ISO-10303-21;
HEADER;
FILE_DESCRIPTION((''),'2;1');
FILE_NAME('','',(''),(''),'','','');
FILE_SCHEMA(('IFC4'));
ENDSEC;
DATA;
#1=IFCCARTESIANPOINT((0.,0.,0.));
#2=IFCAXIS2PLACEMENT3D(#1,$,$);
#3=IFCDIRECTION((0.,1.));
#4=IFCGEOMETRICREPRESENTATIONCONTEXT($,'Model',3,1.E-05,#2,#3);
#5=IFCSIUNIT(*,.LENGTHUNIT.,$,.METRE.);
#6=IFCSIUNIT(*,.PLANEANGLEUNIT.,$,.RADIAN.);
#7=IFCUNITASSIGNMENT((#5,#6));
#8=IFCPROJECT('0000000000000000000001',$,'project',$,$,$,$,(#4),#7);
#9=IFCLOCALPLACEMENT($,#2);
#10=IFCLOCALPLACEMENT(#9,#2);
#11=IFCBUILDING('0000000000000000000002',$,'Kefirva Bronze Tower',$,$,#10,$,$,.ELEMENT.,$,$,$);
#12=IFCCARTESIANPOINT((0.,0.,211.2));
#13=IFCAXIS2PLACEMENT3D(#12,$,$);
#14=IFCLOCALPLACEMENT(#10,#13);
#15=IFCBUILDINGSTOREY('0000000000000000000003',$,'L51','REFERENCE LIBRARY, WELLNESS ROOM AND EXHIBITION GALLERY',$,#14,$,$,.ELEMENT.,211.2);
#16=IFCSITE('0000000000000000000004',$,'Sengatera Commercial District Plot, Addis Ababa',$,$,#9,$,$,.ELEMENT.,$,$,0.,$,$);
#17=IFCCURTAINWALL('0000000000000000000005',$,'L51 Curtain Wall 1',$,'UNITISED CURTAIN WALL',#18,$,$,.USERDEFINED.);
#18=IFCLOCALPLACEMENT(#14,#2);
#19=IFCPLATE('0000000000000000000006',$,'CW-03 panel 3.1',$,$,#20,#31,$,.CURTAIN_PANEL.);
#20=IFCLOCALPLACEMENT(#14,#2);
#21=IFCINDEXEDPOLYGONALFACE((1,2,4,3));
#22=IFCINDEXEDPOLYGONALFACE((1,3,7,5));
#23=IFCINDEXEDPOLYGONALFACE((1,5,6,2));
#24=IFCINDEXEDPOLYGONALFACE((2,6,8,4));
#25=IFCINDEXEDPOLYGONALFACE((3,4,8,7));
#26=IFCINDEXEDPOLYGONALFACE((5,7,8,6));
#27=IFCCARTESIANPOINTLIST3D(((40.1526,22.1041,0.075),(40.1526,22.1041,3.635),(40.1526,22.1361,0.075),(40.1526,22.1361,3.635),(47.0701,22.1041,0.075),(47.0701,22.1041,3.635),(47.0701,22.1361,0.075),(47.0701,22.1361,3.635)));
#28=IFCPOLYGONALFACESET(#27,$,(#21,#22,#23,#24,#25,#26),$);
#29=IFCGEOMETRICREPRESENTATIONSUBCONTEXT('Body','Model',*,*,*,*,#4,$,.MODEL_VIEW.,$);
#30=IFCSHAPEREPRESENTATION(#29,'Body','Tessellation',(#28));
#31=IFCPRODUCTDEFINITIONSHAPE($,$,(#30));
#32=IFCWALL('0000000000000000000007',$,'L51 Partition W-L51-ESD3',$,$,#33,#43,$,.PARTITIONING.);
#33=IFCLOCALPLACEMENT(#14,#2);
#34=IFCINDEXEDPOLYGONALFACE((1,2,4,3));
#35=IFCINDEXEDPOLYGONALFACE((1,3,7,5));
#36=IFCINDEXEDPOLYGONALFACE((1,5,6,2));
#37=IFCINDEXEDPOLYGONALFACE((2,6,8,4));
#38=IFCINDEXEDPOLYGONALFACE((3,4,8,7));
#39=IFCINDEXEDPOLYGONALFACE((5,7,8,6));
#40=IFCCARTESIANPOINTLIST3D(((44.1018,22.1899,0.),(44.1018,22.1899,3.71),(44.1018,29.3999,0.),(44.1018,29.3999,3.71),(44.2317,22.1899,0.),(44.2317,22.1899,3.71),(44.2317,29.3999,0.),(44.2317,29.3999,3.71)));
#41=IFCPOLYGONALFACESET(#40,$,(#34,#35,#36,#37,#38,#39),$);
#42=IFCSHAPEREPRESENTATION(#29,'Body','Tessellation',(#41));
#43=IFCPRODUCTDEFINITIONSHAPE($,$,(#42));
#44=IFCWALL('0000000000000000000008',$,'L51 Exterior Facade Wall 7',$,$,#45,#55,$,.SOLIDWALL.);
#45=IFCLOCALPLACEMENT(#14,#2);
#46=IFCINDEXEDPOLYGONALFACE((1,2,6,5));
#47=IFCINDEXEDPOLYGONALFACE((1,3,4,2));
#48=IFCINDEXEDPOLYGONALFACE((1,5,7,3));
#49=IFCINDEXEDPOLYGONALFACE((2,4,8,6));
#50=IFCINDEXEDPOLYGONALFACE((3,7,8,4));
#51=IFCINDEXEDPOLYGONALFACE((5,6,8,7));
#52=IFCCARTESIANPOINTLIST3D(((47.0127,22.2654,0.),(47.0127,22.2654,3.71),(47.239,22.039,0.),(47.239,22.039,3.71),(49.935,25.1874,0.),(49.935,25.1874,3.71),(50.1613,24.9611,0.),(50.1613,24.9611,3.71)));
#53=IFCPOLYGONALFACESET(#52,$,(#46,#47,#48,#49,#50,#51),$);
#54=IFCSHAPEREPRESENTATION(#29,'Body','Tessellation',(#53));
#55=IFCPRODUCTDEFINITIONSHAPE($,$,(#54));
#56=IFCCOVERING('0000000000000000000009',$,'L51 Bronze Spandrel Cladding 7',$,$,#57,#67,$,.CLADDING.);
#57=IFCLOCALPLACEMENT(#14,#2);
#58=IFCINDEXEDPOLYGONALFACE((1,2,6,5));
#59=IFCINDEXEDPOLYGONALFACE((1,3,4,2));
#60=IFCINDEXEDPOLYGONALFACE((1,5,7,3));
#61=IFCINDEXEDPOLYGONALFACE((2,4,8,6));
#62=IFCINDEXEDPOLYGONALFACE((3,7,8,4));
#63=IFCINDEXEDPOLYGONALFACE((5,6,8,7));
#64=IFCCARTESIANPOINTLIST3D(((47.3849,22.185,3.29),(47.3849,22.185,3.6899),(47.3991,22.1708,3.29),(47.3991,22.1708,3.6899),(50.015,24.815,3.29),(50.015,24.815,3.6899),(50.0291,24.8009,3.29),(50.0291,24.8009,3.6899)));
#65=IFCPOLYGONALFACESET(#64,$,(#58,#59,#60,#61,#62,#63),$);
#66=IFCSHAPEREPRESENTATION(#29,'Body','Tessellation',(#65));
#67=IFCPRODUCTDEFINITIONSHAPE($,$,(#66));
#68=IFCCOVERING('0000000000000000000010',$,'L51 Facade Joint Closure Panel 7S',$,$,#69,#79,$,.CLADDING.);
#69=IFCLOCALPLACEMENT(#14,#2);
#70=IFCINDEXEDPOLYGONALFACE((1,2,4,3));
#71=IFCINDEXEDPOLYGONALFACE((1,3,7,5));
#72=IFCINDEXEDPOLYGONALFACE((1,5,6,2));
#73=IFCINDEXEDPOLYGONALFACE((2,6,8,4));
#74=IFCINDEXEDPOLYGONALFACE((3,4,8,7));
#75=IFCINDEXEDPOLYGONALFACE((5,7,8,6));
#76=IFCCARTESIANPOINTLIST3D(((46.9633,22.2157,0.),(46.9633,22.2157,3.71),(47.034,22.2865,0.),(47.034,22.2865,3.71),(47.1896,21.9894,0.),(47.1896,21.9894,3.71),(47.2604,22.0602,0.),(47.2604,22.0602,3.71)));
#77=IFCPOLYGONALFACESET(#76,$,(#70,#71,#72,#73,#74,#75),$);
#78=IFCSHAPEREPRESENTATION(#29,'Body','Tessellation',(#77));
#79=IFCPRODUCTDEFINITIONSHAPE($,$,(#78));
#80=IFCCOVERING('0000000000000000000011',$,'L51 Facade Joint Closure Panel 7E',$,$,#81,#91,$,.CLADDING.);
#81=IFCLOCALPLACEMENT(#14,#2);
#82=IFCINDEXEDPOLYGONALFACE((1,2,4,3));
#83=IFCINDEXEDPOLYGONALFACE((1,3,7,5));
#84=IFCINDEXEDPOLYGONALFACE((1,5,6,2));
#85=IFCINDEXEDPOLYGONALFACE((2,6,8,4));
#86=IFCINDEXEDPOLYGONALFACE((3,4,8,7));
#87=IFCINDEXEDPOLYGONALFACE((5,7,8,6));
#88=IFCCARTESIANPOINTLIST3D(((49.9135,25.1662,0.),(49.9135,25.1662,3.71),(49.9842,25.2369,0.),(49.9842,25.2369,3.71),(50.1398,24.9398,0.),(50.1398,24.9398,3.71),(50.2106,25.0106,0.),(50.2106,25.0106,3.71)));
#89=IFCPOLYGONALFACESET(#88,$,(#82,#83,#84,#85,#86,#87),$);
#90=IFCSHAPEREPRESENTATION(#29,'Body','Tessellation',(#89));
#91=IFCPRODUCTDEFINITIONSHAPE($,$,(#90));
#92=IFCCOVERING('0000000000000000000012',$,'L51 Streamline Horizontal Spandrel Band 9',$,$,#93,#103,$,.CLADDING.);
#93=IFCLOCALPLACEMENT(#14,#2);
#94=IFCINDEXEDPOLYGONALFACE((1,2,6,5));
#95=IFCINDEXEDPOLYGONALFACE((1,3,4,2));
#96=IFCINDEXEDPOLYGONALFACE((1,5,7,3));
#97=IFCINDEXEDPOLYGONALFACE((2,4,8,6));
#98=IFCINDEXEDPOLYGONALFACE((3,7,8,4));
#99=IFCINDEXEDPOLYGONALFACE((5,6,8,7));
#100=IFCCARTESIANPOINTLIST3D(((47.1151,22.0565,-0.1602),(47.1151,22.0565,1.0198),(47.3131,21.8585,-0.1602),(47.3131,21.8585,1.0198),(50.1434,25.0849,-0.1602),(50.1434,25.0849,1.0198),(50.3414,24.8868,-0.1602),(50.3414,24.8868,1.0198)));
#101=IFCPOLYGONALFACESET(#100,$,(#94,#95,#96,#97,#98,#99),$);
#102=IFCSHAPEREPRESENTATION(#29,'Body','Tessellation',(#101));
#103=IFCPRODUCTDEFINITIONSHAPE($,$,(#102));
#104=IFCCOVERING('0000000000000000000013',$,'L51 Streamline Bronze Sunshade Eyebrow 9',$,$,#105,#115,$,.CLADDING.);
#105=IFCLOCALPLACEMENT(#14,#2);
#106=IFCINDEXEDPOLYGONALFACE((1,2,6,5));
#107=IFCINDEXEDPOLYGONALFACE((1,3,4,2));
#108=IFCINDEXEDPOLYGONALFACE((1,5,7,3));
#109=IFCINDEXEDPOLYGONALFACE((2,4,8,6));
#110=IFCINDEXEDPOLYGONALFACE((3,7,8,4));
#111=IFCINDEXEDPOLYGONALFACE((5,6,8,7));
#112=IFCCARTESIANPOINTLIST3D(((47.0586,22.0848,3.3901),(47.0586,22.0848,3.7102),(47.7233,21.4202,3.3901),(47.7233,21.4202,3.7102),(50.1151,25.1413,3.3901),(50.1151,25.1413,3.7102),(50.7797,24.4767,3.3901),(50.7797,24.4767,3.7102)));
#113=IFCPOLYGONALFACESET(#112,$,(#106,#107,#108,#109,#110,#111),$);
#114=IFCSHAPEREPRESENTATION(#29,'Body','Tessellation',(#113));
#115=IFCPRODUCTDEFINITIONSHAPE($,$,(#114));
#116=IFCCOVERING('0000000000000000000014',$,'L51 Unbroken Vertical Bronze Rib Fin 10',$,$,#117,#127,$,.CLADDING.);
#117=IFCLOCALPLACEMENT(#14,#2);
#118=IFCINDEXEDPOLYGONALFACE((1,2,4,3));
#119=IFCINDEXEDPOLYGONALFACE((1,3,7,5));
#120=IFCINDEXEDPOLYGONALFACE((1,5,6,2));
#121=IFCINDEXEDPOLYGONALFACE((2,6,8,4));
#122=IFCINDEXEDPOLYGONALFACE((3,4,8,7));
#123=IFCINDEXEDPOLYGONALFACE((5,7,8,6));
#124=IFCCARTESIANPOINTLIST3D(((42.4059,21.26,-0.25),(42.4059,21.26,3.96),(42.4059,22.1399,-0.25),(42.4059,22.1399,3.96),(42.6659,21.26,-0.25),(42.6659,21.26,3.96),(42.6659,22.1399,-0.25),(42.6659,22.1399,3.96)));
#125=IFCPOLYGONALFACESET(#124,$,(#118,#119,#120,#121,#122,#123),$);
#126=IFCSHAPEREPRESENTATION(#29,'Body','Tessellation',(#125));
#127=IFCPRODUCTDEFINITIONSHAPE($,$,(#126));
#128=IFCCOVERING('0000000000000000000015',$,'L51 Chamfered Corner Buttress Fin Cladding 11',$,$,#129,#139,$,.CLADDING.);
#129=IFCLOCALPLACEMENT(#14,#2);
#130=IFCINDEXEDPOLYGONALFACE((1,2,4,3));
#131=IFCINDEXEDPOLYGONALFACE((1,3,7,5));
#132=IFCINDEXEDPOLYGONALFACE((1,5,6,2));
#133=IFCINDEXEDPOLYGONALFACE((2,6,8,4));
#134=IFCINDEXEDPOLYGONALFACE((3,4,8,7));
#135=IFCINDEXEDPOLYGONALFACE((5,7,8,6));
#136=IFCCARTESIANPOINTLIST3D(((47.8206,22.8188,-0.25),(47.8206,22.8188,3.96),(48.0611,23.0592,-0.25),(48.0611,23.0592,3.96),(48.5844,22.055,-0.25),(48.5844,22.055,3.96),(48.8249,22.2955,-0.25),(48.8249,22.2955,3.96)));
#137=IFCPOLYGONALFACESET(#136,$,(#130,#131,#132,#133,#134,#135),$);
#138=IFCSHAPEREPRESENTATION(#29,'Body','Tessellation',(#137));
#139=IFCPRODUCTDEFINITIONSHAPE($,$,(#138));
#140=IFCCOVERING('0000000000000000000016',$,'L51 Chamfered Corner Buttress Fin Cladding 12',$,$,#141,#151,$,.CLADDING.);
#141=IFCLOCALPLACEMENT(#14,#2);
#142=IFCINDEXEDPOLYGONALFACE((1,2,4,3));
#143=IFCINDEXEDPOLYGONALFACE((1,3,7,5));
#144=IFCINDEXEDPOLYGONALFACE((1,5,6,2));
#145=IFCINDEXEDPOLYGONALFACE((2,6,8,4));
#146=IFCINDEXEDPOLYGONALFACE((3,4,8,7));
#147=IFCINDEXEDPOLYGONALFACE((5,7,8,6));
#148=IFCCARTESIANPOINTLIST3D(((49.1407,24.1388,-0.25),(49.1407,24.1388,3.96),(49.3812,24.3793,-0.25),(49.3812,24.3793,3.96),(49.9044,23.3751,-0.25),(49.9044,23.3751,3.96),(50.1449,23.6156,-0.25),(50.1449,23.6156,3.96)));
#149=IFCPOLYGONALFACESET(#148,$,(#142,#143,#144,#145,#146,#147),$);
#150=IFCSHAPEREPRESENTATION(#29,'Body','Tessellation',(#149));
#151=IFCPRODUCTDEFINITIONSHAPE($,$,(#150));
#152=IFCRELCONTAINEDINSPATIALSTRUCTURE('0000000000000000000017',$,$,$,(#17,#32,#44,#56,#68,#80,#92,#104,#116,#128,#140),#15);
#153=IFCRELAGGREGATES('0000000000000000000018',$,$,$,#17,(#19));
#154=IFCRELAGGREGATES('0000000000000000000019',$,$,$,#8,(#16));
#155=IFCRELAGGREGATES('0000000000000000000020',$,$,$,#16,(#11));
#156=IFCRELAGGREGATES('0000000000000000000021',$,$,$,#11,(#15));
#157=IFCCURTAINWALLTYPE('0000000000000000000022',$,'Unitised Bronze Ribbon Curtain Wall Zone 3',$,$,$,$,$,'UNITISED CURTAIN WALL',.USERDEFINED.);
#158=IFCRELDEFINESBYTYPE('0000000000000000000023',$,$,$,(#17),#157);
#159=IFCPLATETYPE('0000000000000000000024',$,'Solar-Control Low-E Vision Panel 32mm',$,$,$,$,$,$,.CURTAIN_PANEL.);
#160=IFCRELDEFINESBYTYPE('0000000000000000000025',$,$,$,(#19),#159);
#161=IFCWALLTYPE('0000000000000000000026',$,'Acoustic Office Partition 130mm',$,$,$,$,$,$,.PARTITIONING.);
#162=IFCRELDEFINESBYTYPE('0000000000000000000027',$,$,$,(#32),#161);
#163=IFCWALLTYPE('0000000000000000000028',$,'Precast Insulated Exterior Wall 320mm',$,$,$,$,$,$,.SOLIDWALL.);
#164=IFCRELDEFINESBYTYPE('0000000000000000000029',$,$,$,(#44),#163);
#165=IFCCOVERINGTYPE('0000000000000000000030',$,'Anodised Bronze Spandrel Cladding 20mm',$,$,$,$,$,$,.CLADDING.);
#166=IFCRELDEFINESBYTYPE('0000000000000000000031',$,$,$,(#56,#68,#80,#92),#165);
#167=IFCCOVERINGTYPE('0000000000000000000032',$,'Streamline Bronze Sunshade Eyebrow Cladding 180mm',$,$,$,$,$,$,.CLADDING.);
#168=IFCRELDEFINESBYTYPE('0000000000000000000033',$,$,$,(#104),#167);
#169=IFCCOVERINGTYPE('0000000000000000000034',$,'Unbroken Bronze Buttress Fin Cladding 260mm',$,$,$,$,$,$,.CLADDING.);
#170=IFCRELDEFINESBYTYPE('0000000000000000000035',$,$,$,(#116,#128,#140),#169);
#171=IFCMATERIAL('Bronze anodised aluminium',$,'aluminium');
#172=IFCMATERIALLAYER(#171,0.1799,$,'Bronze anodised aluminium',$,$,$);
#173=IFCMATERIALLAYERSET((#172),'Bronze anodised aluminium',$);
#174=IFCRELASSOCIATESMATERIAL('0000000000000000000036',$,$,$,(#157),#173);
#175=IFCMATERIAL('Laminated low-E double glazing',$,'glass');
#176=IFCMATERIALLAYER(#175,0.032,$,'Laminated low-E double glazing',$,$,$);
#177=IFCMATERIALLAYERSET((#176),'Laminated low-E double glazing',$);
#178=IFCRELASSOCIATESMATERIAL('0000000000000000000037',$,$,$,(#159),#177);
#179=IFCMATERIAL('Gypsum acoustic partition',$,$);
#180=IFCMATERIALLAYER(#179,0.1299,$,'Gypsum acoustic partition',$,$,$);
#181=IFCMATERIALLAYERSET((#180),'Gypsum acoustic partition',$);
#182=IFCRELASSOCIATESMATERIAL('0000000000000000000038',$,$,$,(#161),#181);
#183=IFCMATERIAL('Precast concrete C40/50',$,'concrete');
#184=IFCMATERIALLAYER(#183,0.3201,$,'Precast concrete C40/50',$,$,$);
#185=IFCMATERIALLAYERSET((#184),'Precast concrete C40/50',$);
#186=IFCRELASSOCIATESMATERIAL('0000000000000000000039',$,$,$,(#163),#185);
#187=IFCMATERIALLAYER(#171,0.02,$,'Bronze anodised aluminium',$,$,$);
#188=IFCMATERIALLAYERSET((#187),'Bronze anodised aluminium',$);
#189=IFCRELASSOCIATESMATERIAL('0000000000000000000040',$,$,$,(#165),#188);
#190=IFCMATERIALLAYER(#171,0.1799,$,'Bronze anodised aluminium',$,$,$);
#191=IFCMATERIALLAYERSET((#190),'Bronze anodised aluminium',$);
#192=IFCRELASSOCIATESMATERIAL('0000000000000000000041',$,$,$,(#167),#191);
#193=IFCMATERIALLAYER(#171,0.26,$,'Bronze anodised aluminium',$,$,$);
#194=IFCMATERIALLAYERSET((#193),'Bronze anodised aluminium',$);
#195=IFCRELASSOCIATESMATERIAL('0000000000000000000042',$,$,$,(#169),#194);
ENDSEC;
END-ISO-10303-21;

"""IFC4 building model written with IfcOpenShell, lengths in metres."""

from ifc_helpers import new_model, si_unit, direction, frame, frame_2d, origin, origin_2d, place, context, subcontext, project, spatial, rectangle, extrude, material, layer, layer_set, type_object, element, aggregate, save


model = new_model("IFC4")

# Units and contexts
model_context = context("Model", 3, precision=1e-05, world=origin(), true_north=direction((0.0, 1.0)))
body_context = subcontext(model_context, "Body", "Model", "MODEL_VIEW")
ifc_project = project(units=[si_unit("LENGTHUNIT", "METRE"), si_unit("PLANEANGLEUNIT", "RADIAN")], contexts=[model_context])

# Site, building, storey
site_placement = place(None, origin())
site = spatial("IfcSite", under=ifc_project, at=site_placement, Name="Sengatera Commercial District Plot, Addis Ababa", CompositionType="ELEMENT", RefElevation=0.0)
building_placement = place(site_placement, origin())
building = spatial("IfcBuilding", under=site, at=building_placement, Name="Kefirva Bronze Tower", CompositionType="ELEMENT")
storey_placement = place(building_placement, frame((0.0, 0.0, 211.2)))
storey = spatial("IfcBuildingStorey", under=building, at=storey_placement, Name="L51", Description="REFERENCE LIBRARY, WELLNESS ROOM AND EXHIBITION GALLERY", CompositionType="ELEMENT", Elevation=211.2)

# Curtain wall
ifc_material_1 = material(Name="Bronze anodised aluminium", Category="aluminium")
ifc_layer_1 = layer(ifc_material_1, 0.1799, Name="Bronze anodised aluminium")
ifc_layer_set_1 = layer_set([ifc_layer_1], Name="Bronze anodised aluminium")
curtain_wall_type = type_object("IfcCurtainWallType", Name="Unitised Bronze Ribbon Curtain Wall Zone 3", ElementType="UNITISED CURTAIN WALL", PredefinedType="USERDEFINED", material=ifc_layer_set_1)
curtain_wall_1_placement = place(storey_placement, origin())
curtain_wall_1 = element("IfcCurtainWall", 1, at=curtain_wall_1_placement, inside=storey, type_object=curtain_wall_type, Name="L51 Curtain Wall 1", ObjectType="UNITISED CURTAIN WALL", PredefinedType="USERDEFINED")

# Plate
ifc_material_2 = material(Name="Laminated low-E double glazing", Category="glass")
ifc_layer_2 = layer(ifc_material_2, 0.032, Name="Laminated low-E double glazing")
ifc_layer_set_2 = layer_set([ifc_layer_2], Name="Laminated low-E double glazing")
plate_type = type_object("IfcPlateType", Name="Solar-Control Low-E Vision Panel 32mm", PredefinedType="CURTAIN_PANEL", material=ifc_layer_set_2)
plate_placement = place(storey_placement, frame((43.6113, 22.1201, 0.075), z_axis=(0.0, 0.0, 1.0), x_axis=(1.0, 0.0, 0.0)))
plate = element("IfcPlate", 2, at=plate_placement, type_object=plate_type, Name="CW-03 panel 3.1", PredefinedType="CURTAIN_PANEL", context=body_context, shape_type="SweptSolid", body=[
    extrude(rectangle(XDim=6.9175, YDim=0.032, at=origin_2d()), origin(), (0.0, 0.0, 1.0), 3.5601),
])
aggregate(curtain_wall_1, [plate])

# Walls
ifc_material_3 = material(Name="Gypsum acoustic partition")
ifc_layer_3 = layer(ifc_material_3, 0.1299, Name="Gypsum acoustic partition")
ifc_layer_set_3 = layer_set([ifc_layer_3], Name="Gypsum acoustic partition")
wall_type_1 = type_object("IfcWallType", Name="Acoustic Office Partition 130mm", PredefinedType="PARTITIONING", material=ifc_layer_set_3)
wall_1_placement = place(storey_placement, frame((44.1667, 22.1899, 0.0), z_axis=(0.0, 0.0, 1.0), x_axis=(0.0, 1.0, 0.0)))
element("IfcWall", 3, at=wall_1_placement, inside=storey, type_object=wall_type_1, Name="L51 Partition W-L51-ESD3", PredefinedType="PARTITIONING", context=body_context, shape_type="SweptSolid", body=[
    extrude(rectangle(XDim=7.21, YDim=0.1299, at=frame_2d((3.605, 0.0))), origin(), (0.0, 0.0, 1.0), 3.71),
])
ifc_material_4 = material(Name="Precast concrete C40/50", Category="concrete")
ifc_layer_4 = layer(ifc_material_4, 0.3201, Name="Precast concrete C40/50")
ifc_layer_set_4 = layer_set([ifc_layer_4], Name="Precast concrete C40/50")
wall_type_2 = type_object("IfcWallType", Name="Precast Insulated Exterior Wall 320mm", PredefinedType="SOLIDWALL", material=ifc_layer_set_4)
wall_2_placement = place(storey_placement, frame((47.1257, 22.1521, 0.0), z_axis=(0.0, 0.0, 1.0), x_axis=(0.707136, 0.707077, 0.0)))
element("IfcWall", 4, at=wall_2_placement, inside=storey, type_object=wall_type_2, Name="L51 Exterior Facade Wall 7", PredefinedType="SOLIDWALL", context=body_context, shape_type="SweptSolid", body=[
    extrude(rectangle(XDim=4.1326, YDim=0.3201, at=frame_2d((2.0664, 0.0))), origin(), (0.0, 0.0, 1.0), 3.71),
])

# Coverings
ifc_layer_5 = layer(ifc_material_1, 0.02, Name="Bronze anodised aluminium")
ifc_layer_set_5 = layer_set([ifc_layer_5], Name="Bronze anodised aluminium")
covering_type_1 = type_object("IfcCoveringType", Name="Anodised Bronze Spandrel Cladding 20mm", PredefinedType="CLADDING", material=ifc_layer_set_5)
covering_1_placement = place(storey_placement, frame((48.707, 23.4929, 3.29), z_axis=(0.0, 0.0, 1.0), x_axis=(0.707107, 0.707107, 0.0)))
element("IfcCovering", 5, at=covering_1_placement, inside=storey, type_object=covering_type_1, Name="L51 Bronze Spandrel Cladding 7", PredefinedType="CLADDING", context=body_context, shape_type="SweptSolid", body=[
    extrude(rectangle(XDim=3.7195, YDim=0.02, at=origin_2d()), origin(), (0.0, 0.0, 1.0), 0.3999),
])
for number, where, z_axis, x_axis, name in (
    (6, (47.1118, 22.1379, 0.0), (0.0, 0.0, 1.0), (0.707107, 0.707107, 0.0), "L51 Facade Joint Closure Panel 7S"),
    (7, (50.062, 25.0884, 0.0), (0.0, 0.0, 1.0), (0.707107, 0.707107, 0.0), "L51 Facade Joint Closure Panel 7E"),
):
    element("IfcCovering", number, at=place(storey_placement, frame(where, z_axis=z_axis, x_axis=x_axis)), inside=storey, type_object=covering_type_1, Name=name, PredefinedType="CLADDING", context=body_context, shape_type="SweptSolid", body=[
        extrude(rectangle(XDim=0.1001, YDim=0.3201, at=origin_2d()), origin(), (0.0, 0.0, 1.0), 3.71),
    ])
covering_2_placement = place(storey_placement, frame((48.7283, 23.4717, -0.1602), z_axis=(0.0, 0.0, 1.0), x_axis=(0.707107, 0.707107, 0.0)))
element("IfcCovering", 8, at=covering_2_placement, inside=storey, type_object=covering_type_1, Name="L51 Streamline Horizontal Spandrel Band 9", PredefinedType="CLADDING", context=body_context, shape_type="SweptSolid", body=[
    extrude(rectangle(XDim=4.2827, YDim=0.28, at=origin_2d()), origin(), (0.0, 0.0, 1.0), 1.1799),
])
ifc_layer_6 = layer(ifc_material_1, 0.1799, Name="Bronze anodised aluminium")
ifc_layer_set_6 = layer_set([ifc_layer_6], Name="Bronze anodised aluminium")
covering_type_2 = type_object("IfcCoveringType", Name="Streamline Bronze Sunshade Eyebrow Cladding 180mm", PredefinedType="CLADDING", material=ifc_layer_set_6)
covering_3_placement = place(storey_placement, frame((48.9192, 23.2808, 3.3901), z_axis=(0.0, 0.0, 1.0), x_axis=(0.707107, 0.707107, 0.0)))
element("IfcCovering", 9, at=covering_3_placement, inside=storey, type_object=covering_type_2, Name="L51 Streamline Bronze Sunshade Eyebrow 9", PredefinedType="CLADDING", context=body_context, shape_type="SweptSolid", body=[
    extrude(rectangle(XDim=4.3225, YDim=0.9399, at=origin_2d()), origin(), (0.0, 0.0, 1.0), 0.3201),
])
ifc_layer_7 = layer(ifc_material_1, 0.26, Name="Bronze anodised aluminium")
ifc_layer_set_7 = layer_set([ifc_layer_7], Name="Bronze anodised aluminium")
covering_type_3 = type_object("IfcCoveringType", Name="Unbroken Bronze Buttress Fin Cladding 260mm", PredefinedType="CLADDING", material=ifc_layer_set_7)
covering_4_placement = place(storey_placement, frame((42.5359, 21.7, -0.25), z_axis=(0.0, 0.0, 1.0), x_axis=(1.0, 0.0, 0.0)))
element("IfcCovering", 10, at=covering_4_placement, inside=storey, type_object=covering_type_3, Name="L51 Unbroken Vertical Bronze Rib Fin 10", PredefinedType="CLADDING", context=body_context, shape_type="SweptSolid", body=[
    extrude(rectangle(XDim=0.26, YDim=0.8799, at=origin_2d()), origin(), (0.0, 0.0, 1.0), 4.21),
])
for number, where, z_axis, x_axis, name in (
    (11, (48.3228, 22.5571, -0.25), (0.0, 0.0, 1.0), (0.707107, 0.707107, 0.0), "L51 Chamfered Corner Buttress Fin Cladding 11"),
    (12, (49.6428, 23.8772, -0.25), (0.0, 0.0, 1.0), (0.707107, 0.707107, 0.0), "L51 Chamfered Corner Buttress Fin Cladding 12"),
):
    element("IfcCovering", number, at=place(storey_placement, frame(where, z_axis=z_axis, x_axis=x_axis)), inside=storey, type_object=covering_type_3, Name=name, PredefinedType="CLADDING", context=body_context, shape_type="SweptSolid", body=[
        extrude(rectangle(XDim=0.3401, YDim=1.0801, at=origin_2d()), origin(), (0.0, 0.0, 1.0), 4.21),
    ])

save(model, "model.ifc")
